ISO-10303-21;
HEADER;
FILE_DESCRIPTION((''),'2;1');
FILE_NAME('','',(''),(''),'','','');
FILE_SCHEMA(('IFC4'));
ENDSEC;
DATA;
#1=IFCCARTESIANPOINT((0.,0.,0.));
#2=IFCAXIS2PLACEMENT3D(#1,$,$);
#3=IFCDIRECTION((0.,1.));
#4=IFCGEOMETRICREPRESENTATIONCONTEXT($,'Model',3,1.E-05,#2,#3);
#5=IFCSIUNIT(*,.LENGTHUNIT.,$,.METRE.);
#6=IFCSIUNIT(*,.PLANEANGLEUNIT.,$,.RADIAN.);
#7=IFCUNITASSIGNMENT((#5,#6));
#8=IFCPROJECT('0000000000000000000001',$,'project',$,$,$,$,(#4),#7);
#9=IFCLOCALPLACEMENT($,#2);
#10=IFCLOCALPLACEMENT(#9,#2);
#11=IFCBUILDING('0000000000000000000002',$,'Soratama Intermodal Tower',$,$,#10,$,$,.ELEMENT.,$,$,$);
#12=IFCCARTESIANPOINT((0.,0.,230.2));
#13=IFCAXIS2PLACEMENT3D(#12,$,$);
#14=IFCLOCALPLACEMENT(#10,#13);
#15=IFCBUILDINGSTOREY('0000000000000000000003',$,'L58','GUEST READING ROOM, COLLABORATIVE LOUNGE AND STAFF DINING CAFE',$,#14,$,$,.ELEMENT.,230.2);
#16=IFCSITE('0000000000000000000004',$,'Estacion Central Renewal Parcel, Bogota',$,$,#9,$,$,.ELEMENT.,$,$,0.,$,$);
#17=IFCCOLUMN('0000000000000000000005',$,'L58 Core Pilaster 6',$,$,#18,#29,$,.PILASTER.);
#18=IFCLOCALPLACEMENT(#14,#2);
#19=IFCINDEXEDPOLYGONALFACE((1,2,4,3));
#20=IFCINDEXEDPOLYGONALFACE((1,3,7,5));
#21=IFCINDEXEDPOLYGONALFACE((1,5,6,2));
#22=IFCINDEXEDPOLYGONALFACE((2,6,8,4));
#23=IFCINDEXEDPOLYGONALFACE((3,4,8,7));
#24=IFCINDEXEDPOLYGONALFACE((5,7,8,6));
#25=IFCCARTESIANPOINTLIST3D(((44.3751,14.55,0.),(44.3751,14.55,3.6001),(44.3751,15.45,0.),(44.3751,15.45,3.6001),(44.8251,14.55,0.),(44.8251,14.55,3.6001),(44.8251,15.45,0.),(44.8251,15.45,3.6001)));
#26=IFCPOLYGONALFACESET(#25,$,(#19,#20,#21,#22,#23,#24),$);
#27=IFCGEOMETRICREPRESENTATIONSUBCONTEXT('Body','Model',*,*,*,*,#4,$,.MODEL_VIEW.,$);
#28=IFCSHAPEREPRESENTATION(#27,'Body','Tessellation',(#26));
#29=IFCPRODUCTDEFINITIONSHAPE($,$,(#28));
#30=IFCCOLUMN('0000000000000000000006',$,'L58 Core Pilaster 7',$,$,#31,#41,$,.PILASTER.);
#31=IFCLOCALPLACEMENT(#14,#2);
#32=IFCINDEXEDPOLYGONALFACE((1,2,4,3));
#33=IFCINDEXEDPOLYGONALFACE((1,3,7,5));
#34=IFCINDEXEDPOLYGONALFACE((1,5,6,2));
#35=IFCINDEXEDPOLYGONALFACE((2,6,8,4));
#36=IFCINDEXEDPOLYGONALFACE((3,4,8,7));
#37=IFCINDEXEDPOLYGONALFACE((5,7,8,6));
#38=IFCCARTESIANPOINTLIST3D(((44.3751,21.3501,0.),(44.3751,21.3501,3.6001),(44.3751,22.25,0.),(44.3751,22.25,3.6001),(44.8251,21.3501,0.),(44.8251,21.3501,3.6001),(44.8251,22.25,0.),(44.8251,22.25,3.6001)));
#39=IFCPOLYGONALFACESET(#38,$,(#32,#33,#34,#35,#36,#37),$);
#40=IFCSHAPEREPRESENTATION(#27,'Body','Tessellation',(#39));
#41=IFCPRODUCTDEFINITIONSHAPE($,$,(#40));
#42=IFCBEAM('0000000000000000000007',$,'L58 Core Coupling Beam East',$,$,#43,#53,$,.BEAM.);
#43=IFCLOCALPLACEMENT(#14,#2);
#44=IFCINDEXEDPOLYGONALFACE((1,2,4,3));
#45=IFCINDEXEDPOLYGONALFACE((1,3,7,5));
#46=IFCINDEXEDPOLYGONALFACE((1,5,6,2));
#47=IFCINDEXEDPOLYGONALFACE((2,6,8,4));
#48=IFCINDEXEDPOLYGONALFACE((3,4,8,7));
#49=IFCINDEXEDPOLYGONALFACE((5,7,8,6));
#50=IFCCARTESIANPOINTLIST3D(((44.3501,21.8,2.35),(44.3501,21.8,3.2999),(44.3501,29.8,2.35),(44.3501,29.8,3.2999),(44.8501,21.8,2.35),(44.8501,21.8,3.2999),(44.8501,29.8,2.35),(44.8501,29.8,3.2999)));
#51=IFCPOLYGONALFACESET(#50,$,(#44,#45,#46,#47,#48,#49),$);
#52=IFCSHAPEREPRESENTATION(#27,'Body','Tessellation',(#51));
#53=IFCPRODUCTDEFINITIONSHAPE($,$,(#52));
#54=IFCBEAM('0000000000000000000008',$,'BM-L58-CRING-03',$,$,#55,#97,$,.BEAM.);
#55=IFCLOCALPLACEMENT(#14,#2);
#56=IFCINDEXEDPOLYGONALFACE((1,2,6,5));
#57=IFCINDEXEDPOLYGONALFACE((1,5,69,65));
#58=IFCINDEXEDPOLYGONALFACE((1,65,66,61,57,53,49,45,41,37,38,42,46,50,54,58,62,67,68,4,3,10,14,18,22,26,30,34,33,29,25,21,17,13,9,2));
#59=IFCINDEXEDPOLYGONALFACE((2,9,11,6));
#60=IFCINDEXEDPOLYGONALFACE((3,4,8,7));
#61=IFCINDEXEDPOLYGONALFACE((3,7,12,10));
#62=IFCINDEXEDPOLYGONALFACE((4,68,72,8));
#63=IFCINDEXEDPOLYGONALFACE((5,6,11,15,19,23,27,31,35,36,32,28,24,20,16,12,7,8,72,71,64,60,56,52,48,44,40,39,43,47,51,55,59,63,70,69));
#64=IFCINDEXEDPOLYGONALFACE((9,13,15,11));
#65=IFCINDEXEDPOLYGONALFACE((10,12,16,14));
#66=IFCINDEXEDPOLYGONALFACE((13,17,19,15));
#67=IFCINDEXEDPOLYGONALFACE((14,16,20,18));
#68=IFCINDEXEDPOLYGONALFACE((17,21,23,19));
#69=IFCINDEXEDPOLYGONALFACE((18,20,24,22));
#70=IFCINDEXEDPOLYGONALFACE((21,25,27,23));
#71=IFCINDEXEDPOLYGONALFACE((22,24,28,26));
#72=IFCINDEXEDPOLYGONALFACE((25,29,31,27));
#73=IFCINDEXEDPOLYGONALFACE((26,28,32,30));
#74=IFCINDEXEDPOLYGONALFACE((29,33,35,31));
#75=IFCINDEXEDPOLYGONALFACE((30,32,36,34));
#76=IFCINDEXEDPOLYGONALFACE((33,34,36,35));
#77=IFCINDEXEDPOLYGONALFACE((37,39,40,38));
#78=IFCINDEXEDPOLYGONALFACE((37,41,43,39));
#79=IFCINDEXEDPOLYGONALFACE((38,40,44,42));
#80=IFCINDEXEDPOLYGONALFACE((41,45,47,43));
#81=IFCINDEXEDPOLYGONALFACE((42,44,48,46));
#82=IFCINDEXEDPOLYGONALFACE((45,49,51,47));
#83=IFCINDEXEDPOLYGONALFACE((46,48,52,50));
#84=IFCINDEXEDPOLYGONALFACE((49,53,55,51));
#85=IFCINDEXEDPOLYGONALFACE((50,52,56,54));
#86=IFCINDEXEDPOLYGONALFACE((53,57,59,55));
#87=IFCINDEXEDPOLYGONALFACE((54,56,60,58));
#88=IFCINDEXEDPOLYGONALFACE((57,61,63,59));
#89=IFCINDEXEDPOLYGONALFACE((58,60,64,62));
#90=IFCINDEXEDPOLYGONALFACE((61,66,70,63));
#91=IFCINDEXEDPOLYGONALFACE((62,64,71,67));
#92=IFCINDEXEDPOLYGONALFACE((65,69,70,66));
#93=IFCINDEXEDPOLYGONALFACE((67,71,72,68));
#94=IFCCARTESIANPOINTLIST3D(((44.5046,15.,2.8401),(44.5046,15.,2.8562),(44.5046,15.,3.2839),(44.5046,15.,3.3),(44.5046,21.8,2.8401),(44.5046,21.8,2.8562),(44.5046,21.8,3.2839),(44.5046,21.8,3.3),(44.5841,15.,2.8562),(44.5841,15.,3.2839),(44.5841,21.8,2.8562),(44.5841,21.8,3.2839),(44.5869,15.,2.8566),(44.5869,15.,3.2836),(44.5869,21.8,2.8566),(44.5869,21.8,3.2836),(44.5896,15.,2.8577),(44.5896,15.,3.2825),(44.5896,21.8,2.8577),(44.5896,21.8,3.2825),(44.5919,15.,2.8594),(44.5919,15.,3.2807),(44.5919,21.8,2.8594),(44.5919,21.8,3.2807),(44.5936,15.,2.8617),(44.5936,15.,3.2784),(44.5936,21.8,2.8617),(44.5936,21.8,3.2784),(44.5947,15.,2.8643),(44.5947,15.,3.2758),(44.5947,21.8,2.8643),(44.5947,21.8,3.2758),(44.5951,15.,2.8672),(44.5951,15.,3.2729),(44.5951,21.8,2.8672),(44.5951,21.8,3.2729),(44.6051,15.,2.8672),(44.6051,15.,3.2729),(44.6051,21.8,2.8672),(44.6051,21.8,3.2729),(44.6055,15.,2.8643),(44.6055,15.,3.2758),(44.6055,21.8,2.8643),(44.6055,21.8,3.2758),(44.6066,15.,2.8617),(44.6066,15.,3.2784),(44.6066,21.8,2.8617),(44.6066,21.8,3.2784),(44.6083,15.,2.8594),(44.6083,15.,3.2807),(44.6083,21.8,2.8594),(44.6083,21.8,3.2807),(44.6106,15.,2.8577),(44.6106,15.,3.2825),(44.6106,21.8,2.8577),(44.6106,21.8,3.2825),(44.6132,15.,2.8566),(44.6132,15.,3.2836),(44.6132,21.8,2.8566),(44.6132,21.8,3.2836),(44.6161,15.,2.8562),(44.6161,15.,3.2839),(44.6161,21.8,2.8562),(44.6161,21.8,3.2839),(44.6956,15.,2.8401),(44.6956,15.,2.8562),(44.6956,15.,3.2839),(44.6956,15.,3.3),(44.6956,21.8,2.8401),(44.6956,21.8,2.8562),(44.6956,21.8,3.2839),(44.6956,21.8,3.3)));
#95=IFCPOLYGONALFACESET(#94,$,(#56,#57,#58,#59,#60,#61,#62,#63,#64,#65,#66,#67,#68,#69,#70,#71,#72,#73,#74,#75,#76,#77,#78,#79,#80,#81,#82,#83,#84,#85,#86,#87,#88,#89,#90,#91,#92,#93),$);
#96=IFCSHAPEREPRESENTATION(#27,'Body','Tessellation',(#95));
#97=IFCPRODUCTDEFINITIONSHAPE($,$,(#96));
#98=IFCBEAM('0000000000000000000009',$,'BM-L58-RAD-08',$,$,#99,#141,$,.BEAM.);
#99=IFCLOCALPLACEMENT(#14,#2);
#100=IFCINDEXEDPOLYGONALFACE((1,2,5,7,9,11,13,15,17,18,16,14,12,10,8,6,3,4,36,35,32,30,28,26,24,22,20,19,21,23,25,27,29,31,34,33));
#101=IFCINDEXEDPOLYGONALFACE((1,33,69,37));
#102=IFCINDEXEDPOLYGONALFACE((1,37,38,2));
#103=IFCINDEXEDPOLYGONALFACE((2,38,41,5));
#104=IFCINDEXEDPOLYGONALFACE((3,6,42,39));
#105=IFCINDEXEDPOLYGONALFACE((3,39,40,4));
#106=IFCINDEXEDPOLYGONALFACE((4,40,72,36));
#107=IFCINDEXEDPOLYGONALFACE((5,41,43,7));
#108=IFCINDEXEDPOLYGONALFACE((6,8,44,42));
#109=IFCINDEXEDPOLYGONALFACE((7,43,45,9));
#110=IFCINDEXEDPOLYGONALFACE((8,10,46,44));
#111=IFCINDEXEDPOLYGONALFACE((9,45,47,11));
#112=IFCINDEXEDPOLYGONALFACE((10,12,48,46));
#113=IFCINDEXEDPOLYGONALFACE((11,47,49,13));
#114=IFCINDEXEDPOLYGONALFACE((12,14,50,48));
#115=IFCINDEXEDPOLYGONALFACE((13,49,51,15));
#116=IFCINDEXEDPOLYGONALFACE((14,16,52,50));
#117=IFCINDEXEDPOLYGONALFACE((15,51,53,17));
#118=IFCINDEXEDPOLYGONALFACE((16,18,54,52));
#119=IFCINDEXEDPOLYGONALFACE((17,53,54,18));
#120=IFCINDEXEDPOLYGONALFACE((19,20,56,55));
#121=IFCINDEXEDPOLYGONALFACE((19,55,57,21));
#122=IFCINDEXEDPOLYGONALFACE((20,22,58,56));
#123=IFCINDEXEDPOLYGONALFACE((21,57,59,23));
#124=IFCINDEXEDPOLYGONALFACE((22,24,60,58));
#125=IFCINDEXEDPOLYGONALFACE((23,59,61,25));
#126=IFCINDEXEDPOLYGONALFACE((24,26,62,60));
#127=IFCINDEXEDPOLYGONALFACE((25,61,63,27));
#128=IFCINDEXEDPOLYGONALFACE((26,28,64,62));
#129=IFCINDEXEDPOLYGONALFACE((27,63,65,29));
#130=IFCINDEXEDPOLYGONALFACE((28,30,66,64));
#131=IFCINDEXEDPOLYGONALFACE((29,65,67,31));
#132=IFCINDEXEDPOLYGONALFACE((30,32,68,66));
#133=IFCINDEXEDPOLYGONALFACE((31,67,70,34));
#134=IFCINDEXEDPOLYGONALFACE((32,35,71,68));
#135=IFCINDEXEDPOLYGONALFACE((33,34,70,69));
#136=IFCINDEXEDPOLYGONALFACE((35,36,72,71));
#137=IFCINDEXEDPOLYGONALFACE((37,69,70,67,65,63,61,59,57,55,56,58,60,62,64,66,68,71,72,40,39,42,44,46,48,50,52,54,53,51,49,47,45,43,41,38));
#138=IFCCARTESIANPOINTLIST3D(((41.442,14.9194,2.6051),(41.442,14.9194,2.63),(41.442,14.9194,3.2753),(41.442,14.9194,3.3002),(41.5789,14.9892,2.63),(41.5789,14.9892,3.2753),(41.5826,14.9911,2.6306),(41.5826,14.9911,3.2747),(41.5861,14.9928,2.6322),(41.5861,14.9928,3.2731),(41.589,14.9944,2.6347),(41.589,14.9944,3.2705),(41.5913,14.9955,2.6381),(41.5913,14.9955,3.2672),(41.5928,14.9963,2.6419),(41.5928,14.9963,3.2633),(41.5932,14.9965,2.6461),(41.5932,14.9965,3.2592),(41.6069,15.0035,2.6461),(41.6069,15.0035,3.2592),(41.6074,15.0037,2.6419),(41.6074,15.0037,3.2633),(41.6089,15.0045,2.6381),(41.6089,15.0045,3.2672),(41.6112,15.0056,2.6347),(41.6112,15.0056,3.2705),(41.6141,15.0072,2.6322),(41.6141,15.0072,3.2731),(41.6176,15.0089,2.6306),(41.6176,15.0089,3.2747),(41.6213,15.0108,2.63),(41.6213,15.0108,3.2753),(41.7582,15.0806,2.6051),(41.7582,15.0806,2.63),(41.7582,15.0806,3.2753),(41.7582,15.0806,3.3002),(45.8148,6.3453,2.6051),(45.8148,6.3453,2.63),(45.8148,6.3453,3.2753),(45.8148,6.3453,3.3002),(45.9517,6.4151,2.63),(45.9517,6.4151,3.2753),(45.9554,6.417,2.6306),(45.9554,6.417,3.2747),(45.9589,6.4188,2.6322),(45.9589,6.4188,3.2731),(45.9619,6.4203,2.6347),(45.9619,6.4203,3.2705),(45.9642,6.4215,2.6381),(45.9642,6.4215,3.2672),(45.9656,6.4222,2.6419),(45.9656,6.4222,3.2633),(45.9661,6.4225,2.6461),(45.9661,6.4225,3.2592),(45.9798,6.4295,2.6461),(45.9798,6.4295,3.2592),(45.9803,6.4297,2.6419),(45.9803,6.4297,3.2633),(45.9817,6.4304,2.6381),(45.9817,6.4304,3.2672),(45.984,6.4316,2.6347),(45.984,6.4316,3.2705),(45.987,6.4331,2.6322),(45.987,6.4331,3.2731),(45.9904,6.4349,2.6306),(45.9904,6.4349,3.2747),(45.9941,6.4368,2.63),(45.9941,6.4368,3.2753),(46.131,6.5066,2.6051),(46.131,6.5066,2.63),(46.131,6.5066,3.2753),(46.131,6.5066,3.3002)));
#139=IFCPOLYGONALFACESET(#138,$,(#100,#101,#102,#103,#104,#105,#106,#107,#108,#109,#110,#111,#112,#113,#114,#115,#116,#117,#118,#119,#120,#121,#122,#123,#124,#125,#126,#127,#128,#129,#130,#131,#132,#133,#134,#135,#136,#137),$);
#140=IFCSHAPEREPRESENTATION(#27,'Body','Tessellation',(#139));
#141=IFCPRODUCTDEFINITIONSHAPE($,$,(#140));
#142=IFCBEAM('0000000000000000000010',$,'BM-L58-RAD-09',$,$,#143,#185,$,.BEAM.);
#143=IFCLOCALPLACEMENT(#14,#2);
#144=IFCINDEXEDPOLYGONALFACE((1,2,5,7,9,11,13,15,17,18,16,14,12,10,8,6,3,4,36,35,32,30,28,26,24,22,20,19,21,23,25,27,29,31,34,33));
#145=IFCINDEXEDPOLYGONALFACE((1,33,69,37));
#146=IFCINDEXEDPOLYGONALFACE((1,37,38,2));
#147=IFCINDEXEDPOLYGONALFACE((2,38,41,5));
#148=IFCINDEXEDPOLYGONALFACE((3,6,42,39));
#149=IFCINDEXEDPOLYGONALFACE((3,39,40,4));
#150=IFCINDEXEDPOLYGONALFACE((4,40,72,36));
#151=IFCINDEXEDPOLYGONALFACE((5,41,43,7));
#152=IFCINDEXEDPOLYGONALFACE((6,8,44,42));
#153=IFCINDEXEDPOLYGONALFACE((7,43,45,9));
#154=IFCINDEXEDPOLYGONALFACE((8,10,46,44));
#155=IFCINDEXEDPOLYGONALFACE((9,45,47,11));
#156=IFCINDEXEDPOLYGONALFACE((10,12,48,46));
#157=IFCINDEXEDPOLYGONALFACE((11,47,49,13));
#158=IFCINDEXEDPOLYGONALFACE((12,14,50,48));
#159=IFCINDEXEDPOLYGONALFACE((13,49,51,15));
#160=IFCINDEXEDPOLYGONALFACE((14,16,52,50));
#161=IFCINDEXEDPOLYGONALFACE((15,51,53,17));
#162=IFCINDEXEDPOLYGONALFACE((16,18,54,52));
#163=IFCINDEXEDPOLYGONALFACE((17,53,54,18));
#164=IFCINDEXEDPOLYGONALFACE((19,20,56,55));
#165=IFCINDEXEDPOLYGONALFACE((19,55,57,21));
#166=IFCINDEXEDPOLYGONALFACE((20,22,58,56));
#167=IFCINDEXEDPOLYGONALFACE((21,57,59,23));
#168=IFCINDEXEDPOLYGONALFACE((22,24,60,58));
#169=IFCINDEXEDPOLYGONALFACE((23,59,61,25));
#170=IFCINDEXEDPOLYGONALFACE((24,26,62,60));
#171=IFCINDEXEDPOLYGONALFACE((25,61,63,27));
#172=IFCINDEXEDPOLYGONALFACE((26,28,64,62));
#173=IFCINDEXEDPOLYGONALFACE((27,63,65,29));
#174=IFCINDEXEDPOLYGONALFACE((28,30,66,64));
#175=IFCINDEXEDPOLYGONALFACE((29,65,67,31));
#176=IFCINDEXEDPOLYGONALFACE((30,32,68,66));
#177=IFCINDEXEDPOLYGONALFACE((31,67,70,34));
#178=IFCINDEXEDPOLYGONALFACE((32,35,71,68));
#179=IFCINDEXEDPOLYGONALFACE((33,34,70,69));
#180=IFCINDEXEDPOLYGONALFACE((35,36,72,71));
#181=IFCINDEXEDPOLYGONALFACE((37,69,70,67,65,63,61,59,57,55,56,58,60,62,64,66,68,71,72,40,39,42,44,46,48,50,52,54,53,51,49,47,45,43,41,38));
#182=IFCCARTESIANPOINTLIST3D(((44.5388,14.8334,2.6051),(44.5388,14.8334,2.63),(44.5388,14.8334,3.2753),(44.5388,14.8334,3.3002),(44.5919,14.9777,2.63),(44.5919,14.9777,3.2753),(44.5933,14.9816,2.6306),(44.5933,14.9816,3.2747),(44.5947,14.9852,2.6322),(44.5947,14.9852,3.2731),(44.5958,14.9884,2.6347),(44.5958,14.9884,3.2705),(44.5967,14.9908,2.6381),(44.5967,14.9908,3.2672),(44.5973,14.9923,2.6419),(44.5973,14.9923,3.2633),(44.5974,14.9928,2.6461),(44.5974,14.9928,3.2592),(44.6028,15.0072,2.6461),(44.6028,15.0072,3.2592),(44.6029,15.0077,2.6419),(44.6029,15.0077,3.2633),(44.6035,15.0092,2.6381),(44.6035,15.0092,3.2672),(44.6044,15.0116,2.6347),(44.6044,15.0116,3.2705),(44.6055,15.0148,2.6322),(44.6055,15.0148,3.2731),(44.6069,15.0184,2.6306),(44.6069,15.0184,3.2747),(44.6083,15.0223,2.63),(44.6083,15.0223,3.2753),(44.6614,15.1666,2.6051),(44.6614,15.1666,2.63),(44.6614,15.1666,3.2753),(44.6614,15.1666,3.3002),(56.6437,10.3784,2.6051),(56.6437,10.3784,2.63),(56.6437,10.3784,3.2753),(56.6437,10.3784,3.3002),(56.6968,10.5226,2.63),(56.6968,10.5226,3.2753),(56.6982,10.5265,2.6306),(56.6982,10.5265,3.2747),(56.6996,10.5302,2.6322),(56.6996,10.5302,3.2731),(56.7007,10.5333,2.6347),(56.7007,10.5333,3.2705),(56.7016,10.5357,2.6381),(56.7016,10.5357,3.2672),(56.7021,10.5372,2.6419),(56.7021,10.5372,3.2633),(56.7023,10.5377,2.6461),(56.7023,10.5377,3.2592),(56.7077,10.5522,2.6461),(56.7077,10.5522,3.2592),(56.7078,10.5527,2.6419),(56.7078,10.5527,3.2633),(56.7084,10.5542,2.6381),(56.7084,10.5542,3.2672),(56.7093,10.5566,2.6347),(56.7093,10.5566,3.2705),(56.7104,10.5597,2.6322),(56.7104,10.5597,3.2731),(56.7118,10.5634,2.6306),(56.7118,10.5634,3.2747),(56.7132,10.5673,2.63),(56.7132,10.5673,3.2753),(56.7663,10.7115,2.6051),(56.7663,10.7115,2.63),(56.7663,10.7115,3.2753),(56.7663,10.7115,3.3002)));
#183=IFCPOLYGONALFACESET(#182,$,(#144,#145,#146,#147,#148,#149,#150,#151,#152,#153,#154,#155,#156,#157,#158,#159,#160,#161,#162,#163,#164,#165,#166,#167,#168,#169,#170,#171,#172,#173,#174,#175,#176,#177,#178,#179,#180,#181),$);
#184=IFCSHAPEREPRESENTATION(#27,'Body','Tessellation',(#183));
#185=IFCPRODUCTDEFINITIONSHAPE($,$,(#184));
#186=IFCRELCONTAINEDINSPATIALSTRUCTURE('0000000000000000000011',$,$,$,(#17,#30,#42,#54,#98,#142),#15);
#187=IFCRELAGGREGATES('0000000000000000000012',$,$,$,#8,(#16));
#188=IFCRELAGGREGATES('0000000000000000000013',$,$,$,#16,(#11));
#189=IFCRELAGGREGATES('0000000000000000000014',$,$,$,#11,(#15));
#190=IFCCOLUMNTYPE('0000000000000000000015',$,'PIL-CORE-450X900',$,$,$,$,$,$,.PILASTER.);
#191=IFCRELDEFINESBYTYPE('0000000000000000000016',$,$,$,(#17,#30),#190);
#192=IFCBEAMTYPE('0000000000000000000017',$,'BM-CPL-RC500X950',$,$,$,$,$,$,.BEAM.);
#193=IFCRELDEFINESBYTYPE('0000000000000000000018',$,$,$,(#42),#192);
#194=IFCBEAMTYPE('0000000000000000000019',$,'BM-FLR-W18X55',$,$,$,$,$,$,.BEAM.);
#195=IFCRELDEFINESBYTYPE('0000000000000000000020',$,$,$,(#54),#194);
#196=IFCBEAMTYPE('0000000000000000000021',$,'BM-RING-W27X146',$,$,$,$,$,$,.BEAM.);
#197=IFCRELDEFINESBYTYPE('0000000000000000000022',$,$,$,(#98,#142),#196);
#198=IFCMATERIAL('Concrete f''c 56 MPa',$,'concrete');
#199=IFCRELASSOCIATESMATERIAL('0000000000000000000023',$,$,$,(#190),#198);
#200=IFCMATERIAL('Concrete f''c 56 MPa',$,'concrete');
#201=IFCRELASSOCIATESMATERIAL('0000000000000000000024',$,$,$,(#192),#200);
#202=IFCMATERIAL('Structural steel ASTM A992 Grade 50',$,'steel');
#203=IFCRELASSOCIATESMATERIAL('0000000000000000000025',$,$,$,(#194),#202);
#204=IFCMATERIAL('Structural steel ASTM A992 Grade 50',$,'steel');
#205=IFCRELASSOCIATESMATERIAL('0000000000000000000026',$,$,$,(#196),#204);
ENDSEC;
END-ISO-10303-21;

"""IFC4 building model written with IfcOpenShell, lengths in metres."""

from ifc_helpers import new_model, si_unit, direction, frame, origin, origin_2d, place, context, subcontext, project, spatial, rectangle, i_section, extrude, material, material_profile, profile_set, type_object, element, save


model = new_model("IFC4")

# Units and contexts
model_context = context("Model", 3, precision=1e-05, world=origin(), true_north=direction((0.0, 1.0)))
body_context = subcontext(model_context, "Body", "Model", "MODEL_VIEW")
ifc_project = project(units=[si_unit("LENGTHUNIT", "METRE"), si_unit("PLANEANGLEUNIT", "RADIAN")], contexts=[model_context])

# Site, building, storey
site_placement = place(None, origin())
site = spatial("IfcSite", under=ifc_project, at=site_placement, Name="Estacion Central Renewal Parcel, Bogota", CompositionType="ELEMENT", RefElevation=0.0)
building_placement = place(site_placement, origin())
building = spatial("IfcBuilding", under=site, at=building_placement, Name="Soratama Intermodal Tower", CompositionType="ELEMENT")
storey_placement = place(building_placement, frame((0.0, 0.0, 230.2)))
storey = spatial("IfcBuildingStorey", under=building, at=storey_placement, Name="L58", Description="GUEST READING ROOM, COLLABORATIVE LOUNGE AND STAFF DINING CAFE", CompositionType="ELEMENT", Elevation=230.2)

# Columns
ifc_material_1 = material(Name="Concrete f'c 56 MPa", Category="concrete")
ifc_material_profile_1 = material_profile(ifc_material_1, rectangle(XDim=0.45, YDim=0.8999, at=origin_2d()), Name="RC450X900")
ifc_profile_set_1 = profile_set([ifc_material_profile_1], Name="Concrete f'c 56 MPa")
column_type = type_object("IfcColumnType", Name="PIL-CORE-450X900", PredefinedType="PILASTER", material=ifc_profile_set_1)
for number, where, z_axis, x_axis, name in (
    (1, (44.6001, 15.0, 0.0), (0.0, 0.0, 1.0), (1.0, 0.0, 0.0), "L58 Core Pilaster 6"),
    (2, (44.6001, 21.8, 0.0), (0.0, 0.0, 1.0), (1.0, 0.0, 0.0), "L58 Core Pilaster 7"),
):
    element("IfcColumn", number, at=place(storey_placement, frame(where, z_axis=z_axis, x_axis=x_axis)), inside=storey, type_object=column_type, Name=name, PredefinedType="PILASTER", context=body_context, shape_type="SweptSolid", body=[
        extrude(rectangle(XDim=0.45, YDim=0.8999, at=origin_2d()), origin(), (0.0, 0.0, 1.0), 3.6001),
    ])

# Beams
ifc_material_2 = material(Name="Concrete f'c 56 MPa", Category="concrete")
ifc_material_profile_2 = material_profile(ifc_material_2, rectangle(XDim=0.5, YDim=0.95, at=origin_2d()), Name="RC500X950")
ifc_profile_set_2 = profile_set([ifc_material_profile_2], Name="Concrete f'c 56 MPa")
beam_type_1 = type_object("IfcBeamType", Name="BM-CPL-RC500X950", PredefinedType="BEAM", material=ifc_profile_set_2)
beam_1_placement = place(storey_placement, frame((44.6001, 21.8, 2.825), z_axis=(0.0, 1.0, 0.0), x_axis=(-1.0, 0.0, 0.0)))
element("IfcBeam", 3, at=beam_1_placement, inside=storey, type_object=beam_type_1, Name="L58 Core Coupling Beam East", PredefinedType="BEAM", context=body_context, shape_type="SweptSolid", body=[
    extrude(rectangle(XDim=0.5, YDim=0.95, at=origin_2d()), origin(), (0.0, 0.0, 1.0), 8.0),
])
ifc_material_3 = material(Name="Structural steel ASTM A992 Grade 50", Category="steel")
ifc_material_profile_3 = material_profile(ifc_material_3, i_section(OverallWidth=0.1909, OverallDepth=0.46, WebThickness=0.01, FlangeThickness=0.0161, FilletRadius=0.011, at=origin_2d()), Name="W18X55")
ifc_profile_set_3 = profile_set([ifc_material_profile_3], Name="Structural steel ASTM A992 Grade 50")
beam_type_2 = type_object("IfcBeamType", Name="BM-FLR-W18X55", PredefinedType="BEAM", material=ifc_profile_set_3)
beam_2_placement = place(storey_placement, frame((44.6001, 15.0, 3.0701), z_axis=(0.0, 1.0, 0.0), x_axis=(-1.0, 0.0, 0.0)))
element("IfcBeam", 4, at=beam_2_placement, inside=storey, type_object=beam_type_2, Name="BM-L58-CRING-03", PredefinedType="BEAM", context=body_context, shape_type="SweptSolid", body=[
    extrude(i_section(OverallWidth=0.1909, OverallDepth=0.46, WebThickness=0.01, FlangeThickness=0.0161, FilletRadius=0.011, at=origin_2d()), origin(), (0.0, 0.0, 1.0), 6.8),
])
ifc_material_4 = material(Name="Structural steel ASTM A992 Grade 50", Category="steel")
ifc_material_profile_4 = material_profile(ifc_material_4, i_section(OverallWidth=0.355, OverallDepth=0.6951, WebThickness=0.0154, FlangeThickness=0.0249, FilletRadius=0.0161, at=origin_2d()), Name="W27X146")
ifc_profile_set_4 = profile_set([ifc_material_profile_4], Name="Structural steel ASTM A992 Grade 50")
beam_type_3 = type_object("IfcBeamType", Name="BM-RING-W27X146", PredefinedType="BEAM", material=ifc_profile_set_4)
beam_3_placement = place(storey_placement, frame((41.6001, 15.0, 2.9526), z_axis=(0.454332, -0.890832, 0.0), x_axis=(0.890832, 0.454332, 0.0)))
element("IfcBeam", 5, at=beam_3_placement, inside=storey, type_object=beam_type_3, Name="BM-L58-RAD-08", PredefinedType="BEAM", context=body_context, shape_type="SweptSolid", body=[
    extrude(i_section(OverallWidth=0.355, OverallDepth=0.6951, WebThickness=0.0154, FlangeThickness=0.0249, FilletRadius=0.0161, at=origin_2d()), origin(), (0.0, 0.0, 1.0), 9.6248),
])
beam_4_placement = place(storey_placement, frame((44.6001, 15.0, 2.9526), z_axis=(0.93846, -0.345388, 0.0), x_axis=(0.345388, 0.93846, 0.0)))
element("IfcBeam", 6, at=beam_4_placement, inside=storey, type_object=beam_type_3, Name="BM-L58-RAD-09", PredefinedType="BEAM", context=body_context, shape_type="SweptSolid", body=[
    extrude(i_section(OverallWidth=0.355, OverallDepth=0.6951, WebThickness=0.0154, FlangeThickness=0.0249, FilletRadius=0.0161, at=origin_2d()), origin(), (0.0, 0.0, 1.0), 12.8987),
])

save(model, "model.ifc")
